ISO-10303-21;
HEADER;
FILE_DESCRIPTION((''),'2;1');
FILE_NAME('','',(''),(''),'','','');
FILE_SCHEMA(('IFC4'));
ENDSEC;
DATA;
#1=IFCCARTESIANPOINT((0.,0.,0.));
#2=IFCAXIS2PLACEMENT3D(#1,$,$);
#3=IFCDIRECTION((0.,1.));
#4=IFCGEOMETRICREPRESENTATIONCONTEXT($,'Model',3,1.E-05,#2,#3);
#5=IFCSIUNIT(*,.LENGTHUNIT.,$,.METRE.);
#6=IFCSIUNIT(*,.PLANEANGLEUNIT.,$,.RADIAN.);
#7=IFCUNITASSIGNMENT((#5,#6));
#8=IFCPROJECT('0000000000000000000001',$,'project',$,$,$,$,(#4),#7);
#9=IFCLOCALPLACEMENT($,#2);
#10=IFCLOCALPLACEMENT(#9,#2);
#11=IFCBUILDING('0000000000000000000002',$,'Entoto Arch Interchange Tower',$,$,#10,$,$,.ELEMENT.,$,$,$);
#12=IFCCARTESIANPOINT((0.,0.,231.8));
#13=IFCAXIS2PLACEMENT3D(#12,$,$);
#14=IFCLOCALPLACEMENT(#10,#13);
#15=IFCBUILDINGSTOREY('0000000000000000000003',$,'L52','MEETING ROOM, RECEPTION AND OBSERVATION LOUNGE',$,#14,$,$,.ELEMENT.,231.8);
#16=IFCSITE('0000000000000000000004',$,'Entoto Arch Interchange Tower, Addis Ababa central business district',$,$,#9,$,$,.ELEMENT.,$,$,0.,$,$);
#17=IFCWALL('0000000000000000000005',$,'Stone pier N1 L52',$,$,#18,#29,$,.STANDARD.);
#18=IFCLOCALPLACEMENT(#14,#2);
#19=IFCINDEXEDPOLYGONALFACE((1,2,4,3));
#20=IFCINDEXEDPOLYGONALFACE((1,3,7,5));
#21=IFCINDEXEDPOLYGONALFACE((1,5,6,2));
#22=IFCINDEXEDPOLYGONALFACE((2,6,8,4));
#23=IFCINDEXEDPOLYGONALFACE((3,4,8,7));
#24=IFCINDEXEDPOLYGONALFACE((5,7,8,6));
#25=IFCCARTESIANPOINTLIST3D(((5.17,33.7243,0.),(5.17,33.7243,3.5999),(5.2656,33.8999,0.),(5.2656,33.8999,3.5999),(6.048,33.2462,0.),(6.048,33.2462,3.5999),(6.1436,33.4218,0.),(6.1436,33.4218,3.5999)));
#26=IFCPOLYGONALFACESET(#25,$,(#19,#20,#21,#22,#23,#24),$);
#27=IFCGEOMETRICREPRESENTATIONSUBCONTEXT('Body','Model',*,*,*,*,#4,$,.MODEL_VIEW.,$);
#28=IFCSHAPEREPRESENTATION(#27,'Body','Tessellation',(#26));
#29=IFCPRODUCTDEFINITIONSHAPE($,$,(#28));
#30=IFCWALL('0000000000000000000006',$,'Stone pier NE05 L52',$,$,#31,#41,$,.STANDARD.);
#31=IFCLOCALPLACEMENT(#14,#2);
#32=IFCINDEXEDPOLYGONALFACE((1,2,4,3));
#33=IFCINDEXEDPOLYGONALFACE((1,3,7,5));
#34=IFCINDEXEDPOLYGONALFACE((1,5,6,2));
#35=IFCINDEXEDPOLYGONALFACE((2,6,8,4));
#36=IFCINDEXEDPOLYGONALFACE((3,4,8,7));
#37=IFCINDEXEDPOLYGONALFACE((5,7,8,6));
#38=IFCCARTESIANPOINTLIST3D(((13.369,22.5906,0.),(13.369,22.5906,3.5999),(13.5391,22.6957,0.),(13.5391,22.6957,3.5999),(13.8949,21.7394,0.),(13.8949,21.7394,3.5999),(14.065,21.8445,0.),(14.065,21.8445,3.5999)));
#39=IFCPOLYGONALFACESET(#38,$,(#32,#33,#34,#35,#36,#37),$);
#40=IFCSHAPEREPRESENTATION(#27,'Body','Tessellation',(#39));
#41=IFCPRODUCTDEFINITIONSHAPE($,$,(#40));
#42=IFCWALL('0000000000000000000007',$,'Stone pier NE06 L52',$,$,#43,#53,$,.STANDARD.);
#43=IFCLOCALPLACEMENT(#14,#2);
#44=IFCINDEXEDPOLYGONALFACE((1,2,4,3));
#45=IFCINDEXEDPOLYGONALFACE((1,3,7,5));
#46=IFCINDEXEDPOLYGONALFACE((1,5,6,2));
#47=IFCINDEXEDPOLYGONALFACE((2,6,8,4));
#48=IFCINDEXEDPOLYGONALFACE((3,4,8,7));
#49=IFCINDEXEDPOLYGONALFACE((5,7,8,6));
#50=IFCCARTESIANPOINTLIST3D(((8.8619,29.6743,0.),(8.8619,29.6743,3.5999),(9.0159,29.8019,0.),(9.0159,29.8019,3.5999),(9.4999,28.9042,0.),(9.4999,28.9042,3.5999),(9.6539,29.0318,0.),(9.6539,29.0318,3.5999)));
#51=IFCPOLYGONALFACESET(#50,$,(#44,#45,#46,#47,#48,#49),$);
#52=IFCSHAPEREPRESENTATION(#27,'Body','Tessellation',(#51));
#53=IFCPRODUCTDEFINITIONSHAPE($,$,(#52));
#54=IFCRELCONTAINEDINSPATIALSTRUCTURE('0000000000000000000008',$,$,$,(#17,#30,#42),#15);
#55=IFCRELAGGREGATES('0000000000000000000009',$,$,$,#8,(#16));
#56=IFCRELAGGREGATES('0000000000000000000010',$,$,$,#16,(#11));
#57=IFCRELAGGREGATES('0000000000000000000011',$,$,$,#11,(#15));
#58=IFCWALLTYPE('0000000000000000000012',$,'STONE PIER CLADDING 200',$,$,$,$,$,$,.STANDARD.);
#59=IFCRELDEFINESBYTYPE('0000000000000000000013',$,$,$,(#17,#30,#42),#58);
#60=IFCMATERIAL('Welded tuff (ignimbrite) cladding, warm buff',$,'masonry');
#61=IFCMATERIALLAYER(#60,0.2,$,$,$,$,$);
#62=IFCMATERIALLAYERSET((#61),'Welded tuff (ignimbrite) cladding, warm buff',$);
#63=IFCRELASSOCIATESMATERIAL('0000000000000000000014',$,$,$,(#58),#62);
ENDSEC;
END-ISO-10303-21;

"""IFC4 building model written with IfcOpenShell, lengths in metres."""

from ifc_helpers import new_model, si_unit, direction, frame, frame_2d, origin, place, context, subcontext, project, spatial, rectangle, extrude, material, layer, layer_set, type_object, element, save


model = new_model("IFC4")

# Units and contexts
model_context = context("Model", 3, precision=1e-05, world=origin(), true_north=direction((0.0, 1.0)))
body_context = subcontext(model_context, "Body", "Model", "MODEL_VIEW")
ifc_project = project(units=[si_unit("LENGTHUNIT", "METRE"), si_unit("PLANEANGLEUNIT", "RADIAN")], contexts=[model_context])

# Site, building, storey
site_placement = place(None, origin())
site = spatial("IfcSite", under=ifc_project, at=site_placement, Name="Entoto Arch Interchange Tower, Addis Ababa central business district", CompositionType="ELEMENT", RefElevation=0.0)
building_placement = place(site_placement, origin())
building = spatial("IfcBuilding", under=site, at=building_placement, Name="Entoto Arch Interchange Tower", CompositionType="ELEMENT")
storey_placement = place(building_placement, frame((0.0, 0.0, 231.8)))
storey = spatial("IfcBuildingStorey", under=building, at=storey_placement, Name="L52", Description="MEETING ROOM, RECEPTION AND OBSERVATION LOUNGE", CompositionType="ELEMENT", Elevation=231.8)

# Shared definitions
ifc_material_1 = material(Name="Welded tuff (ignimbrite) cladding, warm buff", Category="masonry")

# Walls
ifc_layer_1 = layer(ifc_material_1, 0.2)
ifc_layer_set_1 = layer_set([ifc_layer_1], Name="Welded tuff (ignimbrite) cladding, warm buff")
wall_type_1 = type_object("IfcWallType", Name="STONE PIER CLADDING 200", PredefinedType="STANDARD", material=ifc_layer_set_1)
wall_1_placement = place(storey_placement, frame((6.0959, 33.334, 0.0), z_axis=(0.0, 0.0, 1.0), x_axis=(-0.87825, 0.478202, 0.0)))
element("IfcWall", 1, at=wall_1_placement, inside=storey, type_object=wall_type_1, Name="Stone pier N1 L52", PredefinedType="STANDARD", context=body_context, shape_type="SweptSolid", body=[
    extrude(rectangle(XDim=0.9998, YDim=0.2, at=frame_2d((0.5, 0.0))), origin(), (0.0, 0.0, 1.0), 3.5999),
])
wall_2_placement = place(storey_placement, frame((13.98, 21.792, 0.0), z_axis=(0.0, 0.0, 1.0), x_axis=(-0.525649, 0.850702, 0.0)))
element("IfcWall", 2, at=wall_2_placement, inside=storey, type_object=wall_type_1, Name="Stone pier NE05 L52", PredefinedType="STANDARD", context=body_context, shape_type="SweptSolid", body=[
    extrude(rectangle(XDim=1.0005, YDim=0.2, at=frame_2d((0.5002, 0.0))), origin(), (0.0, 0.0, 1.0), 3.5999),
])
wall_3_placement = place(storey_placement, frame((9.5769, 28.968, 0.0), z_axis=(0.0, 0.0, 1.0), x_axis=(-0.637972, 0.770059, 0.0)))
element("IfcWall", 3, at=wall_3_placement, inside=storey, type_object=wall_type_1, Name="Stone pier NE06 L52", PredefinedType="STANDARD", context=body_context, shape_type="SweptSolid", body=[
    extrude(rectangle(XDim=1.0, YDim=0.2, at=frame_2d((0.5, 0.0))), origin(), (0.0, 0.0, 1.0), 3.5999),
])

save(model, "model.ifc")
